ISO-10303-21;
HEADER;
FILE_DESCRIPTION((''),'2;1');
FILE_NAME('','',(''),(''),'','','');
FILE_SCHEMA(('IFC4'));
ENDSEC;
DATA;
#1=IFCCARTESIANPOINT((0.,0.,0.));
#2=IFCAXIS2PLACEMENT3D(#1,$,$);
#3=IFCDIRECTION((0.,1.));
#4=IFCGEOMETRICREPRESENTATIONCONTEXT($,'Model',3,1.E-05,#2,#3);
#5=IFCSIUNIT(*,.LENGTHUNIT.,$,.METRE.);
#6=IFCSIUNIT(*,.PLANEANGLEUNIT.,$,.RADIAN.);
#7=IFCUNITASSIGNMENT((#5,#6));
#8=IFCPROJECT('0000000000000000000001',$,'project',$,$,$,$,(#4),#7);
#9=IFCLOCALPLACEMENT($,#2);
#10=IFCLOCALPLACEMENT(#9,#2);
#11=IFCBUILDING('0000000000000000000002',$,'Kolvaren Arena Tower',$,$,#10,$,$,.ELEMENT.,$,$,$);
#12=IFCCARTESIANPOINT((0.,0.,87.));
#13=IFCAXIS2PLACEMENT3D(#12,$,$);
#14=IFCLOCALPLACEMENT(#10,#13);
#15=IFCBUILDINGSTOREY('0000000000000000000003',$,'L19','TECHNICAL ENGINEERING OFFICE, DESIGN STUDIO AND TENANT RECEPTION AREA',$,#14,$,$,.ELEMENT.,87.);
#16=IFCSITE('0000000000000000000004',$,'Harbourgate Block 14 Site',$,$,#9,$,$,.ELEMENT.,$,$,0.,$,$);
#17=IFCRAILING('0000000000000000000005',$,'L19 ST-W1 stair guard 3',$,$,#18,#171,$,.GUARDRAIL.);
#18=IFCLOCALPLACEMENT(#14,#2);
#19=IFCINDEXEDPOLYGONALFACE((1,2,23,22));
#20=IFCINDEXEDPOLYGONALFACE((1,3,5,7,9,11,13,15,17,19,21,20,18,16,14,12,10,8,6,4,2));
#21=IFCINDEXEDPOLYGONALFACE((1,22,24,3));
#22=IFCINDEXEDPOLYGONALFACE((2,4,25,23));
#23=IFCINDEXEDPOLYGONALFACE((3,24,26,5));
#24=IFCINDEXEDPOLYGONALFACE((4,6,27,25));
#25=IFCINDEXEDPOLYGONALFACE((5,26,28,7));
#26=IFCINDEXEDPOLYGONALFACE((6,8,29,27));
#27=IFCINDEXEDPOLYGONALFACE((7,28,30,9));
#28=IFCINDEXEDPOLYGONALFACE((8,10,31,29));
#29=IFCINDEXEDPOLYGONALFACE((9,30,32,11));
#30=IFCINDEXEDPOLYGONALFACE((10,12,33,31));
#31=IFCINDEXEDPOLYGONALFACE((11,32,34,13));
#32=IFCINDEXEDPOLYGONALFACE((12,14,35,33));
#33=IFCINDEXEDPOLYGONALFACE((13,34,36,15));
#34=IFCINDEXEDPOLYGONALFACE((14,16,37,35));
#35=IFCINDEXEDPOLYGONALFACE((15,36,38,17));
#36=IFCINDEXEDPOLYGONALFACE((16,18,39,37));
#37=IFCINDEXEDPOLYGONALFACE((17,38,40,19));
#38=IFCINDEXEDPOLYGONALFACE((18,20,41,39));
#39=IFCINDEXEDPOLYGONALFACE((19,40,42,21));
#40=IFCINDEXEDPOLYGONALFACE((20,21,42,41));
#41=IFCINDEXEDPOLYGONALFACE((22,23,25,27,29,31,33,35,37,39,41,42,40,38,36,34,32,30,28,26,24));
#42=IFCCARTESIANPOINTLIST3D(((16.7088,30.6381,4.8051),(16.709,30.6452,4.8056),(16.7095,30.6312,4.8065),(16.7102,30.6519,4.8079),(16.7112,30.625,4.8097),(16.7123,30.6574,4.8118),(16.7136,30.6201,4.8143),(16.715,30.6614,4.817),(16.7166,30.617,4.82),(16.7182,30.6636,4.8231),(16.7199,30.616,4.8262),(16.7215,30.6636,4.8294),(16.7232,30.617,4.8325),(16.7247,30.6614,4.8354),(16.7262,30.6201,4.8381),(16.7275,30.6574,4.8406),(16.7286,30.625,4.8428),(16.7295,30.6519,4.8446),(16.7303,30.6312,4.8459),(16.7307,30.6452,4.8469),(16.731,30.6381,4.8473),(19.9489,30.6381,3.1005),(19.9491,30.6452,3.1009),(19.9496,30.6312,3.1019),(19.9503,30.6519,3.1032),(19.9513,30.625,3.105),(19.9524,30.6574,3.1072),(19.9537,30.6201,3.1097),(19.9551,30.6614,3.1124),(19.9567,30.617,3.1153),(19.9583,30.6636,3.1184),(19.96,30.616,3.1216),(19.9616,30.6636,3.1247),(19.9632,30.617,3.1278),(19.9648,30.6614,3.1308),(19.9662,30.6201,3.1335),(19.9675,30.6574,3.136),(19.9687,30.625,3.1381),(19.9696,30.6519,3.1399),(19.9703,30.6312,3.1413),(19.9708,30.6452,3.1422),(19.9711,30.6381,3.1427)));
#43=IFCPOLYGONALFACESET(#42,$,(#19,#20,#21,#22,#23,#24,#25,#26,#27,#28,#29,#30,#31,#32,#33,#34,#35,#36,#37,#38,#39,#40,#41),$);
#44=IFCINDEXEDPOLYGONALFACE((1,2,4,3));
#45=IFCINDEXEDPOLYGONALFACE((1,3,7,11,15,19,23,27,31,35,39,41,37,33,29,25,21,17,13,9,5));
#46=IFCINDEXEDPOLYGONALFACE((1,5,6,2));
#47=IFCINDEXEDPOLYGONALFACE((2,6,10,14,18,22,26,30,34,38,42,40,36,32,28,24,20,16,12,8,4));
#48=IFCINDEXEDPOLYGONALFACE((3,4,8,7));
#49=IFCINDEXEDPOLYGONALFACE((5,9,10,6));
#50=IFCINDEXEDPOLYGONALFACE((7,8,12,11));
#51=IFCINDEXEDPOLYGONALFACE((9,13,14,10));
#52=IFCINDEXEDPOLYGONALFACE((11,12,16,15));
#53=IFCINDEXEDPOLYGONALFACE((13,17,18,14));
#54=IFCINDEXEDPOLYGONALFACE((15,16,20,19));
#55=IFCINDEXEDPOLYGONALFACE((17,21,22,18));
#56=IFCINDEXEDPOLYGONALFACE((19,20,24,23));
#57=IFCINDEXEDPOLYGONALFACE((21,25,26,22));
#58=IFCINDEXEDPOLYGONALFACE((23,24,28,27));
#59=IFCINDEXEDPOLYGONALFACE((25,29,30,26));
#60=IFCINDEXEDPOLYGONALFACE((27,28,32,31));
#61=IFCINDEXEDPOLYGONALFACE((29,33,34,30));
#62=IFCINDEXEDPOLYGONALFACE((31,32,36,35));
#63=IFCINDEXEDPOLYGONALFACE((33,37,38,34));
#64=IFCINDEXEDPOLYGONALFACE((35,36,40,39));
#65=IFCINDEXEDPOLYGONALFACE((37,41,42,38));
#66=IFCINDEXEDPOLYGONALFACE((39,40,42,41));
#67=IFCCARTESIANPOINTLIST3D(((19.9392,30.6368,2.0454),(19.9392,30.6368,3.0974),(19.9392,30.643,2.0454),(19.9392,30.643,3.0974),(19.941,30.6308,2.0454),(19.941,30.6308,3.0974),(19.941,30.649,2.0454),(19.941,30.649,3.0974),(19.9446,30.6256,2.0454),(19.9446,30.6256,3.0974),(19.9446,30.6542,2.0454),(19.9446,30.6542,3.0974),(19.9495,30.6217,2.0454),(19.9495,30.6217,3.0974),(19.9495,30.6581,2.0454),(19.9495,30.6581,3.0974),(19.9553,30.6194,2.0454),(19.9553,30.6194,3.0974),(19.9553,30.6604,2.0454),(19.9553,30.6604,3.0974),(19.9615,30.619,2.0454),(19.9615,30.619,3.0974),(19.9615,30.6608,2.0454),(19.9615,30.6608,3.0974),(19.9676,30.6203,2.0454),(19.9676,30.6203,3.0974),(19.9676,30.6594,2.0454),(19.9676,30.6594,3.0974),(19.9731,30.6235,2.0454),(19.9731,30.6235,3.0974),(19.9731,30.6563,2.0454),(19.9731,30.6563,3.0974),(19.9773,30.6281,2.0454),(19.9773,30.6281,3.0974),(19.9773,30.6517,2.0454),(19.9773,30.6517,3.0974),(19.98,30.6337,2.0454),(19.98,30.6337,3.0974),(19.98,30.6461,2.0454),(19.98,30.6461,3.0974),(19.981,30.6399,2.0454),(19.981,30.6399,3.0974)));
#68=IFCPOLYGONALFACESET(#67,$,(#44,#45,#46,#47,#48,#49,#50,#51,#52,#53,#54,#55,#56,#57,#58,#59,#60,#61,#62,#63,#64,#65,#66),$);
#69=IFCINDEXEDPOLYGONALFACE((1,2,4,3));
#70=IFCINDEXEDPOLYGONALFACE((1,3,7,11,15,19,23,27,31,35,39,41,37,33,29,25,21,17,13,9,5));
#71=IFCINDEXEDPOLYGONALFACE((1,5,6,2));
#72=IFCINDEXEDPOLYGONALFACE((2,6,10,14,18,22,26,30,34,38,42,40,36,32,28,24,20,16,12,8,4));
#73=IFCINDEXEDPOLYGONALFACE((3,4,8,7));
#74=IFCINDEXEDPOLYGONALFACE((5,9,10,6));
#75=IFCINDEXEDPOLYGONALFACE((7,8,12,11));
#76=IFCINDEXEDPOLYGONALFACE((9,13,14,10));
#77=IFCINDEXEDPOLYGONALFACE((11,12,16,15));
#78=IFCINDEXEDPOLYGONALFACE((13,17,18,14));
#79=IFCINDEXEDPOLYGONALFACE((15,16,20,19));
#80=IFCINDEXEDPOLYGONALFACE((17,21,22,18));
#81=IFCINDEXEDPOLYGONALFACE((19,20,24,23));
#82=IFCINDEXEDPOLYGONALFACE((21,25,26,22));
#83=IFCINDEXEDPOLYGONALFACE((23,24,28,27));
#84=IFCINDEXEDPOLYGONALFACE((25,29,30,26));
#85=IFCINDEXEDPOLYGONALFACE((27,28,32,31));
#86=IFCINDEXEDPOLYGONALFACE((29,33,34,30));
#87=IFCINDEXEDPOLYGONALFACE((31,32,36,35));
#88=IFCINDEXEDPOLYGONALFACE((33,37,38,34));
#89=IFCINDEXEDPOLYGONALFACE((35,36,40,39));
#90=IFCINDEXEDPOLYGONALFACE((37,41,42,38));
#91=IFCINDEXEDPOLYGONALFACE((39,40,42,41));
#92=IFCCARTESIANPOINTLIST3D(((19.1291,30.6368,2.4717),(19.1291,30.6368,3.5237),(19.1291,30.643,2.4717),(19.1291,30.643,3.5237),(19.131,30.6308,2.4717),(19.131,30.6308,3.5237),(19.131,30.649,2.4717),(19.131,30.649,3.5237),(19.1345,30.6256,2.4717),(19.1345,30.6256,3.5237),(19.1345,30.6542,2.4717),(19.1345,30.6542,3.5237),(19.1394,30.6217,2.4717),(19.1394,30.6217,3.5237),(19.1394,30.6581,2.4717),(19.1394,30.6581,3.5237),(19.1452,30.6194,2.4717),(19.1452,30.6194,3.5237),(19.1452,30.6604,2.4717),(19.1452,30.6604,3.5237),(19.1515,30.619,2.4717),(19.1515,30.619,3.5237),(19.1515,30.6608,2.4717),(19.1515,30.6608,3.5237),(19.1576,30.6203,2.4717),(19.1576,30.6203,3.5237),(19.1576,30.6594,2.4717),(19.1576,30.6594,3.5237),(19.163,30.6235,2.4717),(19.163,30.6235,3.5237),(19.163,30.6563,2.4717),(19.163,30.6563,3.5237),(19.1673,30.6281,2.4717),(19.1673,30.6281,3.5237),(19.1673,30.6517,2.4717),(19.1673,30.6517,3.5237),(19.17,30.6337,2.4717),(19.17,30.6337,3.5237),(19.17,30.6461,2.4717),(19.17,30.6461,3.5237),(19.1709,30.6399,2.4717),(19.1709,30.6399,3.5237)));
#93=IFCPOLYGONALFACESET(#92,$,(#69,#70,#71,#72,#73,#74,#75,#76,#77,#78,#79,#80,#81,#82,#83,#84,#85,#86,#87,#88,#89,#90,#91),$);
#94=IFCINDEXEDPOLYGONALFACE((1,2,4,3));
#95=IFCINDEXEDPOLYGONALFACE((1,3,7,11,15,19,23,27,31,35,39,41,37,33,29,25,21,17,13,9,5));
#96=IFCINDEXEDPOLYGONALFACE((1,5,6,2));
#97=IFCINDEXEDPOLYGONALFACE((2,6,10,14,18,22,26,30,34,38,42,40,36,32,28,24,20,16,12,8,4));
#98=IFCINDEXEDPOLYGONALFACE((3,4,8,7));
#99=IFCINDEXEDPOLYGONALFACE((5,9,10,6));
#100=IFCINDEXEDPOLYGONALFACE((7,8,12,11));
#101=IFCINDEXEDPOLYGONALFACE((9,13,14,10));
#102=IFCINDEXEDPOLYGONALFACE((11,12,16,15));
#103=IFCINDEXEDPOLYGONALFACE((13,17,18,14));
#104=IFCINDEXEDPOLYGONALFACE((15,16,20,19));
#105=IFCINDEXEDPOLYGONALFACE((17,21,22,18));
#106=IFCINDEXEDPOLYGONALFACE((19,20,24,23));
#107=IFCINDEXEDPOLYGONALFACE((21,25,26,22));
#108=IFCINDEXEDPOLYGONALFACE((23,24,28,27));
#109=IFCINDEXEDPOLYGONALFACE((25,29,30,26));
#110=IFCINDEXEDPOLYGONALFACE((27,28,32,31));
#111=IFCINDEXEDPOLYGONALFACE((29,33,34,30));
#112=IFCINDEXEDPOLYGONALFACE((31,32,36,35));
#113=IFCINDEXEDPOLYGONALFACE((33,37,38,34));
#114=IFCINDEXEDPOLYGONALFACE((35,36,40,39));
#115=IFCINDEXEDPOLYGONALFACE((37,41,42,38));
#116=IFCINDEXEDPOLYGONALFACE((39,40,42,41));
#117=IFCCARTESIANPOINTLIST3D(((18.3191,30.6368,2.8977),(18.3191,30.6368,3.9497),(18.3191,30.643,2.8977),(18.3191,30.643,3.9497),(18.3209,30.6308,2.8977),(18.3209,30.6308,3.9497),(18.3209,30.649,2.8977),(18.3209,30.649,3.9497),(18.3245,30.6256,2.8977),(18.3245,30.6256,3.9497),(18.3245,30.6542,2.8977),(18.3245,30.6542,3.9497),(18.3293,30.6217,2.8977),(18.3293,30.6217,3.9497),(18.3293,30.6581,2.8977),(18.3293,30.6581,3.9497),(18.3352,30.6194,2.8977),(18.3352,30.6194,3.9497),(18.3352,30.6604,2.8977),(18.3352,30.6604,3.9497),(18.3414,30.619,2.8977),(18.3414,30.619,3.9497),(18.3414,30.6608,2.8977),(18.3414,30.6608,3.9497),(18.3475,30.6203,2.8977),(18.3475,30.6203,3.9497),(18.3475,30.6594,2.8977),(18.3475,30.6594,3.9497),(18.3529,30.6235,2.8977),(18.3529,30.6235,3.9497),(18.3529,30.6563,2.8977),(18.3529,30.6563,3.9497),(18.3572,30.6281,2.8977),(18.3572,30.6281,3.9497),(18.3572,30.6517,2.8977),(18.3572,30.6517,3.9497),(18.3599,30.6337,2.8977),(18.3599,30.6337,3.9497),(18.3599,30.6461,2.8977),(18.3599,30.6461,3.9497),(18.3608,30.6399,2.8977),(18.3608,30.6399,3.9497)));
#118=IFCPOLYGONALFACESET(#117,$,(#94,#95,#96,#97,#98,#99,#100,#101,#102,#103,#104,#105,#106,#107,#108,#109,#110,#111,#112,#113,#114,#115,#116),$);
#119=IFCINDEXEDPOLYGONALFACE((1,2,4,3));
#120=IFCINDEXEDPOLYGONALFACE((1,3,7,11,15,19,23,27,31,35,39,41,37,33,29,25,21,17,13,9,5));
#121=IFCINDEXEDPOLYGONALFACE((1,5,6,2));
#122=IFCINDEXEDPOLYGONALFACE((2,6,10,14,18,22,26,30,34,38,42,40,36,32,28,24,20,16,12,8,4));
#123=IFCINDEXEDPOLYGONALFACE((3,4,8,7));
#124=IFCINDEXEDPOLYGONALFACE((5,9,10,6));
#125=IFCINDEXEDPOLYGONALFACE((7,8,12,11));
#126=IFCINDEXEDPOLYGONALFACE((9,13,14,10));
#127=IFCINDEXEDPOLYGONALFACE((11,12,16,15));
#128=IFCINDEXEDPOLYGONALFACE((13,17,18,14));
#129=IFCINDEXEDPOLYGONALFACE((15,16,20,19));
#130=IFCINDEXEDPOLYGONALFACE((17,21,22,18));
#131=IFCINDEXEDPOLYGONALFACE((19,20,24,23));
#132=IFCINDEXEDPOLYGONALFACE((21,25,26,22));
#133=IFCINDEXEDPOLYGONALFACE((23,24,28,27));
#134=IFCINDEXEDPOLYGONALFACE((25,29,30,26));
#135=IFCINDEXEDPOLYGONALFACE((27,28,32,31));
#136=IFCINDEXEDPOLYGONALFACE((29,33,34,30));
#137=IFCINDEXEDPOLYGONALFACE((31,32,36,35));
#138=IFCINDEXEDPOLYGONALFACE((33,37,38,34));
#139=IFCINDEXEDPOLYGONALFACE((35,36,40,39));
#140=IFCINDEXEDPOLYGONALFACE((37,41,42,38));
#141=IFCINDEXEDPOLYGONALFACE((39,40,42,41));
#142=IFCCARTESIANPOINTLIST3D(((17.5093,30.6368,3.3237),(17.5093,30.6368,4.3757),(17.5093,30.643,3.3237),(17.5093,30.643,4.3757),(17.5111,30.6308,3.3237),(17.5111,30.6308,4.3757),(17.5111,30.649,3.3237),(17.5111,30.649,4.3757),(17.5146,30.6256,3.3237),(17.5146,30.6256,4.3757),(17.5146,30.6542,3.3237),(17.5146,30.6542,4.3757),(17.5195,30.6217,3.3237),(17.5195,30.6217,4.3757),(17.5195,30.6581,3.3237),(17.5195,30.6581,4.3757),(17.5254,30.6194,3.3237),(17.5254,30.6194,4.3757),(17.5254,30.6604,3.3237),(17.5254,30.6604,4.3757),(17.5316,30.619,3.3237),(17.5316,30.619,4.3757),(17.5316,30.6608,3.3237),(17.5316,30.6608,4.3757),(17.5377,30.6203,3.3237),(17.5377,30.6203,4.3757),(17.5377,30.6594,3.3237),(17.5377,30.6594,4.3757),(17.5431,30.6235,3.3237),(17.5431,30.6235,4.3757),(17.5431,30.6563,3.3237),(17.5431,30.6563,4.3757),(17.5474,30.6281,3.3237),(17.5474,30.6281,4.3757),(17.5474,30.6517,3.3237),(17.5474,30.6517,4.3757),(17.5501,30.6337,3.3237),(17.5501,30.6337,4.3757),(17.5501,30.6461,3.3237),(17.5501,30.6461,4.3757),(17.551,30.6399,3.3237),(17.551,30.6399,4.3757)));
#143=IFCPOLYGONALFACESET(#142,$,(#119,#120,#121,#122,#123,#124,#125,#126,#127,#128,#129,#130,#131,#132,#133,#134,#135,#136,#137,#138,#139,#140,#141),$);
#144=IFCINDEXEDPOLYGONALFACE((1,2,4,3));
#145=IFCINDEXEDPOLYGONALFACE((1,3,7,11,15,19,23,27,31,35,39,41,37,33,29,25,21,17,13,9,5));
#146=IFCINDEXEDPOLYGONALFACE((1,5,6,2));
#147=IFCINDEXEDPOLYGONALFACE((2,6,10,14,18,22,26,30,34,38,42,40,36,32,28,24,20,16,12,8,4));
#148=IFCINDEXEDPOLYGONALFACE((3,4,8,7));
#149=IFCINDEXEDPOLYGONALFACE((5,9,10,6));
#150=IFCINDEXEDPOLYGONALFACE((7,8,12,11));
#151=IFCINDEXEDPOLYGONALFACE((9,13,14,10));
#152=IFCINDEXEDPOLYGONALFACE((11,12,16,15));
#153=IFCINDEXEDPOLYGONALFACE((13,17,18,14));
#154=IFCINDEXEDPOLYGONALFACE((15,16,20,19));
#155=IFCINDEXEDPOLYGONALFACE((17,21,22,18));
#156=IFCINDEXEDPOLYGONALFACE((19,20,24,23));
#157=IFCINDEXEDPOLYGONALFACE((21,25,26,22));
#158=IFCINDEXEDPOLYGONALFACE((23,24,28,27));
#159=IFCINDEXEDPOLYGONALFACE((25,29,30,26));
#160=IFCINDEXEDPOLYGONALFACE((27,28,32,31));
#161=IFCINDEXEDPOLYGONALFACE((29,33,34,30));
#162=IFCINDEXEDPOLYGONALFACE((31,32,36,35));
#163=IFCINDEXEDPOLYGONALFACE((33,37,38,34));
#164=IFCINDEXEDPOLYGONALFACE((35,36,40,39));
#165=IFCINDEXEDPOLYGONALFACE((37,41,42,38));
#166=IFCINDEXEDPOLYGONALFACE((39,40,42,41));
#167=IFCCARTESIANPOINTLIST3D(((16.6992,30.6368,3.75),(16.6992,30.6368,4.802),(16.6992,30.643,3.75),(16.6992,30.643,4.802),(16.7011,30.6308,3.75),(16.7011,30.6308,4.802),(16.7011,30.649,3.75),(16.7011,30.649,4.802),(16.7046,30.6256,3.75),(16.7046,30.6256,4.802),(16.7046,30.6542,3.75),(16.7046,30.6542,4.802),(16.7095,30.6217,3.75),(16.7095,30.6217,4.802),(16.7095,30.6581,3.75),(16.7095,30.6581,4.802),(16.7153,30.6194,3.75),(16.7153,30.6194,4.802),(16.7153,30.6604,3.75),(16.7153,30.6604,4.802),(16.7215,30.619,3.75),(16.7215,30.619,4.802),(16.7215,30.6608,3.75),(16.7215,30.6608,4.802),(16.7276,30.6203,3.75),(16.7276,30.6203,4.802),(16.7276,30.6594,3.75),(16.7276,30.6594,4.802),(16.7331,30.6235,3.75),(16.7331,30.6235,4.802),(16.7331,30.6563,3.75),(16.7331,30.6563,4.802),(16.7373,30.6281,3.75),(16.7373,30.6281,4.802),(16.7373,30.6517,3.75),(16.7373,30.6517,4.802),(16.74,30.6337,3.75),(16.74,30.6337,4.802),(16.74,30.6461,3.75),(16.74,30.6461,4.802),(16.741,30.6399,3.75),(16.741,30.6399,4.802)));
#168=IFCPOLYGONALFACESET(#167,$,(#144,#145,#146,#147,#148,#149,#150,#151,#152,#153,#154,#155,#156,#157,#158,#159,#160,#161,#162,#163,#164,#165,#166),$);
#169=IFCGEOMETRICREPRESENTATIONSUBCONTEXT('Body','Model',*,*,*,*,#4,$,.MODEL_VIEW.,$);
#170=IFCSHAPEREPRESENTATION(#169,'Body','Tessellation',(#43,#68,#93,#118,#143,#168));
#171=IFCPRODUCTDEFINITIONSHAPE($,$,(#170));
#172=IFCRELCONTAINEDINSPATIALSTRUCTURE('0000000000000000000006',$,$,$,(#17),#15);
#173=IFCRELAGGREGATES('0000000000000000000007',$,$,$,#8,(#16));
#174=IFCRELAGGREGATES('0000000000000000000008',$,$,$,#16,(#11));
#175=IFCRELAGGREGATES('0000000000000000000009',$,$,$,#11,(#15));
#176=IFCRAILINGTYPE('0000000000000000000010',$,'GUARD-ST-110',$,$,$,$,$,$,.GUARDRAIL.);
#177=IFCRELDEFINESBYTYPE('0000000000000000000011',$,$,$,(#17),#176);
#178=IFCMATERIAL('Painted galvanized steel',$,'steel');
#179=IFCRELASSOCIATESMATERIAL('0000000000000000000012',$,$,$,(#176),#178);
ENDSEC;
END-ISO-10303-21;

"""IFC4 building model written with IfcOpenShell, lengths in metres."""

from ifc_helpers import new_model, si_unit, direction, frame, origin, origin_2d, place, context, subcontext, project, spatial, circle, extrude, material, type_object, element, save


model = new_model("IFC4")

# Units and contexts
model_context = context("Model", 3, precision=1e-05, world=origin(), true_north=direction((0.0, 1.0)))
body_context = subcontext(model_context, "Body", "Model", "MODEL_VIEW")
ifc_project = project(units=[si_unit("LENGTHUNIT", "METRE"), si_unit("PLANEANGLEUNIT", "RADIAN")], contexts=[model_context])

# Site, building, storey
site_placement = place(None, origin())
site = spatial("IfcSite", under=ifc_project, at=site_placement, Name="Harbourgate Block 14 Site", CompositionType="ELEMENT", RefElevation=0.0)
building_placement = place(site_placement, origin())
building = spatial("IfcBuilding", under=site, at=building_placement, Name="Kolvaren Arena Tower", CompositionType="ELEMENT")
storey_placement = place(building_placement, frame((0.0, 0.0, 87.0)))
storey = spatial("IfcBuildingStorey", under=building, at=storey_placement, Name="L19", Description="TECHNICAL ENGINEERING OFFICE, DESIGN STUDIO AND TENANT RECEPTION AREA", CompositionType="ELEMENT", Elevation=87.0)

# Railing
ifc_material_1 = material(Name="Painted galvanized steel", Category="steel")
railing_type = type_object("IfcRailingType", Name="GUARD-ST-110", PredefinedType="GUARDRAIL", material=ifc_material_1)
railing_1_placement = place(storey_placement, frame((19.96, 30.6399, 2.0454)))
element("IfcRailing", 1, at=railing_1_placement, inside=storey, type_object=railing_type, Name="L19 ST-W1 stair guard 3", PredefinedType="GUARDRAIL", context=body_context, shape_type="SweptSolid", body=[
    extrude(circle(Radius=0.0239, at=origin_2d()), frame((0.0, 0.0, 1.0762), z_axis=(-0.884993, 0.0, 0.465604), x_axis=(0.0, -1.0, 0.0)), (0.0, 0.0, 1.0), 3.6611),
    extrude(circle(Radius=0.021, at=origin_2d()), origin(), (0.0, 0.0, 1.0), 1.052),
    extrude(circle(Radius=0.021, at=origin_2d()), frame((-0.8101, 0.0, 0.4263)), (0.0, 0.0, 1.0), 1.052),
    extrude(circle(Radius=0.021, at=origin_2d()), frame((-1.6201, 0.0, 0.8523)), (0.0, 0.0, 1.0), 1.052),
    extrude(circle(Radius=0.021, at=origin_2d()), frame((-2.4299, 0.0, 1.2783)), (0.0, 0.0, 1.0), 1.052),
    extrude(circle(Radius=0.021, at=origin_2d()), frame((-3.24, 0.0, 1.7046)), (0.0, 0.0, 1.0), 1.052),
])

save(model, "model.ifc")
